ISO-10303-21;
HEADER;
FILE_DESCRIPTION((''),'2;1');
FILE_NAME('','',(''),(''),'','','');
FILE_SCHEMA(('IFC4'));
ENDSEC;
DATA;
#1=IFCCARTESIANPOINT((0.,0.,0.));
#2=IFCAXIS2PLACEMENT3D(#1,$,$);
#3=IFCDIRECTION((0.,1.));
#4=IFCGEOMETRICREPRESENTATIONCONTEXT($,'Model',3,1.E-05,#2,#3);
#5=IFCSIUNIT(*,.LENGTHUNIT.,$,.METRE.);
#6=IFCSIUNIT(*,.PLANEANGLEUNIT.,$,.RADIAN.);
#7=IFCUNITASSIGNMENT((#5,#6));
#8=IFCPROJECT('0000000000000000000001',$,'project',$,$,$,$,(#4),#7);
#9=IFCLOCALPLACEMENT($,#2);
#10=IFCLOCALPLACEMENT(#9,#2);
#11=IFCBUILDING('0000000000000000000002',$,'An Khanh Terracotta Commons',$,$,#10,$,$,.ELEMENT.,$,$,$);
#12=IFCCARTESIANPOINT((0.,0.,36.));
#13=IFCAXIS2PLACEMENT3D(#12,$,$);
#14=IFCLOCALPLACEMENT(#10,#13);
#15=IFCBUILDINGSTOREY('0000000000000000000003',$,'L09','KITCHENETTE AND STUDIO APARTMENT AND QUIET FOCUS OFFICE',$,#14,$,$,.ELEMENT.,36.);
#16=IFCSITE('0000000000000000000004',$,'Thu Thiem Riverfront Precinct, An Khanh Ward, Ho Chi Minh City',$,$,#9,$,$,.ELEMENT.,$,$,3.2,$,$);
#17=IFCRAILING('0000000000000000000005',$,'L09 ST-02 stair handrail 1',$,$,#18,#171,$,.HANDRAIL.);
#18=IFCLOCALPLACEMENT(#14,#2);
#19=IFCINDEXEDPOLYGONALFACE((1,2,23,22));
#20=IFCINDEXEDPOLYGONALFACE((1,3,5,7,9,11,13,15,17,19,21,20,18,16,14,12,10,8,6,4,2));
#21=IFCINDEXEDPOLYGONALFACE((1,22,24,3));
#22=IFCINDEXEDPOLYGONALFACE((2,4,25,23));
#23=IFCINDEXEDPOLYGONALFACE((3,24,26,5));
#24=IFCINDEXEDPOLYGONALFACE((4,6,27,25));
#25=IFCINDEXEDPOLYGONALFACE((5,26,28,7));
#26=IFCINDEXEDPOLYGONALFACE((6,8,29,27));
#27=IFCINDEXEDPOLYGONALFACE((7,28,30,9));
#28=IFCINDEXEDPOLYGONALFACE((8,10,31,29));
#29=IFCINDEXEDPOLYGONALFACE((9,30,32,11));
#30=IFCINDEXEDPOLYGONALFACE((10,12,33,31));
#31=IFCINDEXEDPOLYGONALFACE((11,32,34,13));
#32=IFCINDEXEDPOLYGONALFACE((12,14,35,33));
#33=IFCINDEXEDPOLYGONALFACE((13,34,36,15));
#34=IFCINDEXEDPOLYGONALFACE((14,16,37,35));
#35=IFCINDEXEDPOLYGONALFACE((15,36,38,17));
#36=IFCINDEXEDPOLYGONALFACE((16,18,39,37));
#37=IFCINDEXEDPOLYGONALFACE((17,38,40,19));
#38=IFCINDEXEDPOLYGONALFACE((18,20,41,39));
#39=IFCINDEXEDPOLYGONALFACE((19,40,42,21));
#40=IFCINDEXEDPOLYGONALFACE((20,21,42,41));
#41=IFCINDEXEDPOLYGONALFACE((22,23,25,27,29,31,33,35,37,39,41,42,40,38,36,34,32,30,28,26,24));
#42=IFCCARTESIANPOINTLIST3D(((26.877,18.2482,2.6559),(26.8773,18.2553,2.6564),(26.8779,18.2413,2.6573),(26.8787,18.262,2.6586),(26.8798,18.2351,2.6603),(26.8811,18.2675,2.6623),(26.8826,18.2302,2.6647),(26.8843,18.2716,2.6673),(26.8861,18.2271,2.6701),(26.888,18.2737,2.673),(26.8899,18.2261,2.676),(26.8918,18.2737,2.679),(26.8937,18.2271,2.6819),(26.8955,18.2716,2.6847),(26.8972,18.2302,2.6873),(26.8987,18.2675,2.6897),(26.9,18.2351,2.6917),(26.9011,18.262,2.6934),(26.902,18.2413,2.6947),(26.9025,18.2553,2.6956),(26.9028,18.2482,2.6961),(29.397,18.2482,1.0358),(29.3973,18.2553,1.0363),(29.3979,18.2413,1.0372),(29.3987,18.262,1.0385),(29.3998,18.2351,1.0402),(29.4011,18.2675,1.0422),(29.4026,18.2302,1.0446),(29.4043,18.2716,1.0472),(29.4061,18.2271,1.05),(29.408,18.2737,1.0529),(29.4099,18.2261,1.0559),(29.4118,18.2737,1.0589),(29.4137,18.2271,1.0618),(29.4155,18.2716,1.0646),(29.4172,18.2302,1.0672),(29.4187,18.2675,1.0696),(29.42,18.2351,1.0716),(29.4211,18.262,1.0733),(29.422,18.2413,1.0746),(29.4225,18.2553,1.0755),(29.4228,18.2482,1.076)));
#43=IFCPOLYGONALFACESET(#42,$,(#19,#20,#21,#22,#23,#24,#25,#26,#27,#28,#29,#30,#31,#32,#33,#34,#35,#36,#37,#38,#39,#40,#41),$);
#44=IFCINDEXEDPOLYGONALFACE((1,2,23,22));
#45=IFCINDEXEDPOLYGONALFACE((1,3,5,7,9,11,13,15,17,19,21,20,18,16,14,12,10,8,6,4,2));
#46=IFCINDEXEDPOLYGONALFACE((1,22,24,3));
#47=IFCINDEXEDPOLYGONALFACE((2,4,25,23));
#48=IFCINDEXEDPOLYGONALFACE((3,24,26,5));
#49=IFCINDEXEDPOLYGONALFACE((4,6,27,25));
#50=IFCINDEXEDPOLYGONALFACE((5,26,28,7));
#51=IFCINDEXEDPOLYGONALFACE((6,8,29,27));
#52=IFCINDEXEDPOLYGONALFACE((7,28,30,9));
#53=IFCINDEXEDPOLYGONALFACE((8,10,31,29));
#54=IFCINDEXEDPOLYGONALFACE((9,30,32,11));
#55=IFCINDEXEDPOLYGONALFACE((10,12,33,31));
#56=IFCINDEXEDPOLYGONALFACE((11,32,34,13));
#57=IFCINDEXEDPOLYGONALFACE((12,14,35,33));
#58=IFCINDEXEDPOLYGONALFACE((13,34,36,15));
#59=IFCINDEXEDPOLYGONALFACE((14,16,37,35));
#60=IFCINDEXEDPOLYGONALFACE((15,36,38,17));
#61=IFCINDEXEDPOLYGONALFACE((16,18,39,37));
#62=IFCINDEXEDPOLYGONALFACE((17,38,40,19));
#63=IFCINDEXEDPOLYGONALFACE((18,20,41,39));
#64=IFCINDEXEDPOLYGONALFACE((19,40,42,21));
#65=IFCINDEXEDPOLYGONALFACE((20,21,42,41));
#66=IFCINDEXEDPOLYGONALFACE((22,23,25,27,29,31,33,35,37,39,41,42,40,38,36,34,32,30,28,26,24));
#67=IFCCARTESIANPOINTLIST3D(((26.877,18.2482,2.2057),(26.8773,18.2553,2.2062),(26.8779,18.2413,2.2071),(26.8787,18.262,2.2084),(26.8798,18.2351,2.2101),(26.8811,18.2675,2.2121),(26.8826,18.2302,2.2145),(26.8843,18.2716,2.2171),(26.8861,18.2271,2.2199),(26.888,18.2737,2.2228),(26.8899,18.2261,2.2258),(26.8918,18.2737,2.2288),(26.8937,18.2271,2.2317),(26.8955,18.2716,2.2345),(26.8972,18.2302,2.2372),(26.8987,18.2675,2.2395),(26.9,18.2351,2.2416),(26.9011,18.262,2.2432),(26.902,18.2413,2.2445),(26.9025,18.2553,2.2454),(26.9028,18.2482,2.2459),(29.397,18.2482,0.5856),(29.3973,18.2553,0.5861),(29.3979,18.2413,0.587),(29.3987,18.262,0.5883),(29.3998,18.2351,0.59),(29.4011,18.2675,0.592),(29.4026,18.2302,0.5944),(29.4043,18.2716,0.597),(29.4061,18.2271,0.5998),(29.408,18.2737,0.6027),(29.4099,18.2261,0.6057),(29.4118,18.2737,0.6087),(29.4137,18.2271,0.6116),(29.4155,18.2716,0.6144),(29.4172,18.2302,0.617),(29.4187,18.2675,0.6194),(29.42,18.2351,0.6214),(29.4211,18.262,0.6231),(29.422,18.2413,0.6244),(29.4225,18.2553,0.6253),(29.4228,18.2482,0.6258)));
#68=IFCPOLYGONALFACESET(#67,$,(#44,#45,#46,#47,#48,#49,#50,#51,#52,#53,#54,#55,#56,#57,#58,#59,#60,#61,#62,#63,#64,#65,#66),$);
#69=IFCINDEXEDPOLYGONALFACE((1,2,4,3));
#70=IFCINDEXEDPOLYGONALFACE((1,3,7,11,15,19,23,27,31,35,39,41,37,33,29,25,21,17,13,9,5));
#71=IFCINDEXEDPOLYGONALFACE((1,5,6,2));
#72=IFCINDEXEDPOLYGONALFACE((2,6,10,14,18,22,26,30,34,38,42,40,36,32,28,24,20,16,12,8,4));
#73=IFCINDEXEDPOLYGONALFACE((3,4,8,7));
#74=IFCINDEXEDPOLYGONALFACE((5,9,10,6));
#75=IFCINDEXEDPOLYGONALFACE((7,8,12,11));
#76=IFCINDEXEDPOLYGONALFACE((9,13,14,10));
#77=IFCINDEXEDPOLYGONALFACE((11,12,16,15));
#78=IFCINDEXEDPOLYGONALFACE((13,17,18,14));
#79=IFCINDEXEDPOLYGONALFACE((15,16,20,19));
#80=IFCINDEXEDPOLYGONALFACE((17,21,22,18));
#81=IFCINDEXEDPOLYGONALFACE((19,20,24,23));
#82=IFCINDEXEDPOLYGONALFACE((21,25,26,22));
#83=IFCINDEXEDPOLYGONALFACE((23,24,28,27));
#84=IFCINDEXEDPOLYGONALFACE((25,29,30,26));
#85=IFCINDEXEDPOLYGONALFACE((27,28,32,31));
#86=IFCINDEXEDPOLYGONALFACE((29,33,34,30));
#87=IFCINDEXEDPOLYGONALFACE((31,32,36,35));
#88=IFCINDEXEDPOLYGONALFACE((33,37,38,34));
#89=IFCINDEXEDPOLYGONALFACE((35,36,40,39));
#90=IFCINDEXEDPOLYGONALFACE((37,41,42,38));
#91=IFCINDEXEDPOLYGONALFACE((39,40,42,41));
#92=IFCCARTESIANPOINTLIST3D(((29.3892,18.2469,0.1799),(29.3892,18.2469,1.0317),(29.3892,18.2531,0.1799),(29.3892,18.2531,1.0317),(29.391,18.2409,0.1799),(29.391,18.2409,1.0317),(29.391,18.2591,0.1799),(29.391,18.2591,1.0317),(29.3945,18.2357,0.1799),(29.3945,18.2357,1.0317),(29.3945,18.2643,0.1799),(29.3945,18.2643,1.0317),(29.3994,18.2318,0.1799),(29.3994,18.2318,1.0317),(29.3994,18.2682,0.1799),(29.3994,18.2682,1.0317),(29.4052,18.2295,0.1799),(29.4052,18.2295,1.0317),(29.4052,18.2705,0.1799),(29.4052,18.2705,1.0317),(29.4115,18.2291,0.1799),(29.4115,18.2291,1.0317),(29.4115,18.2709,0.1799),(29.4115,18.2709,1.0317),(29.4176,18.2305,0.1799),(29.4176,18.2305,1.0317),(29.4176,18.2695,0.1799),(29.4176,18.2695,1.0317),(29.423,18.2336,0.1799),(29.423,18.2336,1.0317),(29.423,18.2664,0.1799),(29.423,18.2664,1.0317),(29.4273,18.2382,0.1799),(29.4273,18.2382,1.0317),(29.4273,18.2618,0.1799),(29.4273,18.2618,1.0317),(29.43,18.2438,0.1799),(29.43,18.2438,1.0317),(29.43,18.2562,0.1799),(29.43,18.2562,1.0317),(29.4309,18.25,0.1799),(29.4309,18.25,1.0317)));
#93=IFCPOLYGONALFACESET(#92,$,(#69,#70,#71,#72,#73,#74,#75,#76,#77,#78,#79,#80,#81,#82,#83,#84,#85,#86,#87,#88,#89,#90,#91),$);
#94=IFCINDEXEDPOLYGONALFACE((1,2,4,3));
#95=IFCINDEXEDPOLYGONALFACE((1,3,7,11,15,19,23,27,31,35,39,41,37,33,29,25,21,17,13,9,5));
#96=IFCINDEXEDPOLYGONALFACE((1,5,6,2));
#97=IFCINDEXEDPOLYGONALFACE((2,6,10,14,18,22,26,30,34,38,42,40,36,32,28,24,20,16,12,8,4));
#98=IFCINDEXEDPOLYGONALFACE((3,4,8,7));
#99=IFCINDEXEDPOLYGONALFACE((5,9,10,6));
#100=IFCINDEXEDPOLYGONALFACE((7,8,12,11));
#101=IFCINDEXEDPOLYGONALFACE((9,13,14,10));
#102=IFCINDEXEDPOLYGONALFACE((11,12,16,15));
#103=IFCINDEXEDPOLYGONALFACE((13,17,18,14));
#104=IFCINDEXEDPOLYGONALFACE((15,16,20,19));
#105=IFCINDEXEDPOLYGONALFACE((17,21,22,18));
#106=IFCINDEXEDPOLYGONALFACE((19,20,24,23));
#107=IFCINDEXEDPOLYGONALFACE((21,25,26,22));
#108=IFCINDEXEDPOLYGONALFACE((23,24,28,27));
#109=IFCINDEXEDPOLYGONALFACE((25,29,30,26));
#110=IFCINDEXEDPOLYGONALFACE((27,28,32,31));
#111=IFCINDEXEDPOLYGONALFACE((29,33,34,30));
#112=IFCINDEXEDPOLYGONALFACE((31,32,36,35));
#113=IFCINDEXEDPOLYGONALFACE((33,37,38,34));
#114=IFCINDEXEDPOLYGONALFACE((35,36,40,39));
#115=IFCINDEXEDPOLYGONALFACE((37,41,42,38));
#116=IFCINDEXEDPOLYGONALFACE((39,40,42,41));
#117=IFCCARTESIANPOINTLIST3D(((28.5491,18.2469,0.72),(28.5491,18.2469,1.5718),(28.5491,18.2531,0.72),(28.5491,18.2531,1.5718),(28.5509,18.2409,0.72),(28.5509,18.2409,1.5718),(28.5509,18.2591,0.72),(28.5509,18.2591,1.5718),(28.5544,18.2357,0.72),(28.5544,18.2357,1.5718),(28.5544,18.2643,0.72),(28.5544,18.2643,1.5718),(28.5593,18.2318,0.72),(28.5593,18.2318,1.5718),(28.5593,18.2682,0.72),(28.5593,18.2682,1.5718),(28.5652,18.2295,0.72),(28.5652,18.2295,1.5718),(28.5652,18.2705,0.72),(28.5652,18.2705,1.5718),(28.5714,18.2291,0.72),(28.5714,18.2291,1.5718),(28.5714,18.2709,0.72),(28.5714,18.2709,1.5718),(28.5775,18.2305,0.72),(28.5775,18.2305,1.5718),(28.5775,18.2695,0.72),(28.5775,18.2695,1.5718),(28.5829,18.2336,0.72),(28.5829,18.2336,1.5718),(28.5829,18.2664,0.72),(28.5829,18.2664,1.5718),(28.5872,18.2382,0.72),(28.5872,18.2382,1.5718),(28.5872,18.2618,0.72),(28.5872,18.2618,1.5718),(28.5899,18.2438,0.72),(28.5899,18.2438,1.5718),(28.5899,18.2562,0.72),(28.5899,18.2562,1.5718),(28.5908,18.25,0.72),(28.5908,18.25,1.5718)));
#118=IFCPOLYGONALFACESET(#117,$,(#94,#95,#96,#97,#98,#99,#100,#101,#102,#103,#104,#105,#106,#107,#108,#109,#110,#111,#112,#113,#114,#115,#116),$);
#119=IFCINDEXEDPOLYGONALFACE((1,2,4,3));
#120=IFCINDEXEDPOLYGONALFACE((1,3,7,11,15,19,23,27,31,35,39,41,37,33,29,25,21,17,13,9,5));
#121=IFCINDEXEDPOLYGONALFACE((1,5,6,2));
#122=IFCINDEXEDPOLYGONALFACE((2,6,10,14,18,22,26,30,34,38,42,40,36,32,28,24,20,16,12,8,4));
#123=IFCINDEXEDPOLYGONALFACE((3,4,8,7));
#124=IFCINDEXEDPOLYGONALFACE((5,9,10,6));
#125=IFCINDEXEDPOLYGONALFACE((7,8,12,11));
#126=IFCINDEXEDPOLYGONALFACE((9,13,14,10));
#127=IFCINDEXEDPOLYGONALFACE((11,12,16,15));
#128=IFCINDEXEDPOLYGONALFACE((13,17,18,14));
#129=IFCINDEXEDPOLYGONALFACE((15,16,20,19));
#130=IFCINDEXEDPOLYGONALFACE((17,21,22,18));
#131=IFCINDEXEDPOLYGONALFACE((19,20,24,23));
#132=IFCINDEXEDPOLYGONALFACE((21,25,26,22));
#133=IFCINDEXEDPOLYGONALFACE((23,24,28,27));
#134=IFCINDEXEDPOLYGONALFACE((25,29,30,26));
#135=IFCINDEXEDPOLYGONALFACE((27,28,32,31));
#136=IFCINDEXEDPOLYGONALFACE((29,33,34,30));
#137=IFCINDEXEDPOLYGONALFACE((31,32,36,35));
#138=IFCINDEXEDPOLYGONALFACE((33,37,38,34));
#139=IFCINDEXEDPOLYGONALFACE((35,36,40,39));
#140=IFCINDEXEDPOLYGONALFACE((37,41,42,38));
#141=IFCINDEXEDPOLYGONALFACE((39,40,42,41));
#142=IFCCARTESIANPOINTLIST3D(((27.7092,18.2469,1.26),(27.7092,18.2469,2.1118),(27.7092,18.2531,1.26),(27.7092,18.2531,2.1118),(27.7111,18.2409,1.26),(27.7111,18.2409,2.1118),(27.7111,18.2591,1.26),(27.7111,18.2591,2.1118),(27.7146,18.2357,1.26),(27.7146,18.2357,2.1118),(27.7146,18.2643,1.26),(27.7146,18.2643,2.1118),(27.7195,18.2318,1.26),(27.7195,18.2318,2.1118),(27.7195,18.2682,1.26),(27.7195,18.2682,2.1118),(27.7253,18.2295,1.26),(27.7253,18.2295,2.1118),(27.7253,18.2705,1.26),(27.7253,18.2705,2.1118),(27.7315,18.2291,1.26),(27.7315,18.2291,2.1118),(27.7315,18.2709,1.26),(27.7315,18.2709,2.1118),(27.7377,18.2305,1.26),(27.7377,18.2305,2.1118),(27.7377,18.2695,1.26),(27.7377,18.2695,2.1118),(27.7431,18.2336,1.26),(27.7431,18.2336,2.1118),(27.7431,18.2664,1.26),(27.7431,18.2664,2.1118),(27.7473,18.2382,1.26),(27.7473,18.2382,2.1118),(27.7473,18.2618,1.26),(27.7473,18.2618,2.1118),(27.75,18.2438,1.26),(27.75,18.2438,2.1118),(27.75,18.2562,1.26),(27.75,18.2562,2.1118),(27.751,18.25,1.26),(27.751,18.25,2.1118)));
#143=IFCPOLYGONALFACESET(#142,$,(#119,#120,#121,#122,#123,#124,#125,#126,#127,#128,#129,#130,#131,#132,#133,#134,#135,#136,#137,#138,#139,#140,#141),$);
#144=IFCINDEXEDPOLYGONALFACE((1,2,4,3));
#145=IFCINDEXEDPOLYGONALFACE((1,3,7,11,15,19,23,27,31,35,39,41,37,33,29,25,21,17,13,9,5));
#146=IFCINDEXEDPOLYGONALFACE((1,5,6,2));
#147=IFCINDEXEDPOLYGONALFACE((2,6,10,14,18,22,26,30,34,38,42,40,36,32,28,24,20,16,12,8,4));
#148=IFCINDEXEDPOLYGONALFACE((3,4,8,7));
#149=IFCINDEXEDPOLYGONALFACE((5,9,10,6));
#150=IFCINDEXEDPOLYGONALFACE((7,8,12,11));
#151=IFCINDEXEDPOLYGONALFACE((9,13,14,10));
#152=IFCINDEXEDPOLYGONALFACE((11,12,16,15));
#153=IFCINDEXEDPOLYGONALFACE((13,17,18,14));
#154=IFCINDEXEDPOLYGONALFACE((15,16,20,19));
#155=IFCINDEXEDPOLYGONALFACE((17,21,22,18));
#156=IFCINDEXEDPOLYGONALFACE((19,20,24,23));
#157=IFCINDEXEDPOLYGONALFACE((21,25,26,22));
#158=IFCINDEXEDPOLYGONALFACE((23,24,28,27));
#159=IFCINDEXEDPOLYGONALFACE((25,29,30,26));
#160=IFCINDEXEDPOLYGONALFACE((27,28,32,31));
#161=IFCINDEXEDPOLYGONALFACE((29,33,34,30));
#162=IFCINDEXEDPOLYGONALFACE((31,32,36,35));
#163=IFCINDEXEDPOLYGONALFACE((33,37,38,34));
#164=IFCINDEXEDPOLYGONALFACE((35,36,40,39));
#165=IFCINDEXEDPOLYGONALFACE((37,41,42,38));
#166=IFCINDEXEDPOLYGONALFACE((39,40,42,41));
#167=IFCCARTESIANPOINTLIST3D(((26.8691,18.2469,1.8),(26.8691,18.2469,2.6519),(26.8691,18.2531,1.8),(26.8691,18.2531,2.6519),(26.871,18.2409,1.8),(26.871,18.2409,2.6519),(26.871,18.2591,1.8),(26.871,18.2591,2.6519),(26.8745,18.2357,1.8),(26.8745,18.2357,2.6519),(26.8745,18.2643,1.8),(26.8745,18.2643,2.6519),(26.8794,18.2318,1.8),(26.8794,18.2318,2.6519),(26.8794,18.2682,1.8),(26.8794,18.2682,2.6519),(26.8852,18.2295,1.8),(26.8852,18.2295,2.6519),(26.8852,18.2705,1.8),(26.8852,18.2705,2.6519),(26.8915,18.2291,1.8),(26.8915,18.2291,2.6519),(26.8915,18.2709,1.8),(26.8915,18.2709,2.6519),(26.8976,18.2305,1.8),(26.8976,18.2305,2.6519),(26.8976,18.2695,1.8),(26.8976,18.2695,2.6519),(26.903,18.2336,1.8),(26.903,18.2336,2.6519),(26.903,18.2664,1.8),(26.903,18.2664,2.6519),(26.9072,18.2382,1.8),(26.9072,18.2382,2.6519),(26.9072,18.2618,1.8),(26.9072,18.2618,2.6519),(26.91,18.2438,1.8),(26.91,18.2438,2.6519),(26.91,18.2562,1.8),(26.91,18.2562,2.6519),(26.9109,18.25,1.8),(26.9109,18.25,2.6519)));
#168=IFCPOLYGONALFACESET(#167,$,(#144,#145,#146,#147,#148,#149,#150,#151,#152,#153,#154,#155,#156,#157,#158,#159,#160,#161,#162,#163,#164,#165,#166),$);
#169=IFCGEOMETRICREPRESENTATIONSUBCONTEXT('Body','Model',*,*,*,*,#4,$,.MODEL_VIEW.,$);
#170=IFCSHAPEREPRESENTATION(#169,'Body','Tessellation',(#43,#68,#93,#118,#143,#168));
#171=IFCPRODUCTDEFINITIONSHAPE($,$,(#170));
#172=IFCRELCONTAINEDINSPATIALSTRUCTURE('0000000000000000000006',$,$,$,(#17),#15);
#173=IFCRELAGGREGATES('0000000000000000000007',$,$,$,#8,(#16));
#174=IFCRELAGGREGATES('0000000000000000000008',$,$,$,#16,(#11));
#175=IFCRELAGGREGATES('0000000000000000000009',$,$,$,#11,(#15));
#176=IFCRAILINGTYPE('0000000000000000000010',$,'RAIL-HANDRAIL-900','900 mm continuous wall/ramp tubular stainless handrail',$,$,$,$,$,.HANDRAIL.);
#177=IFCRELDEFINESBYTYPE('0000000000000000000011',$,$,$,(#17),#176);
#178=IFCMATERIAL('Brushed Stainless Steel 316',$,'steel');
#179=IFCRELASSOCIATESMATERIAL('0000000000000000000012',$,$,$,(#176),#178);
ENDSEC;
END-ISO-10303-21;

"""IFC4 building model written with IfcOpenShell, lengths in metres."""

from ifc_helpers import new_model, si_unit, direction, frame, origin, origin_2d, place, context, subcontext, project, spatial, circle, extrude, material, type_object, element, save


model = new_model("IFC4")

# Units and contexts
model_context = context("Model", 3, precision=1e-05, world=origin(), true_north=direction((0.0, 1.0)))
body_context = subcontext(model_context, "Body", "Model", "MODEL_VIEW")
ifc_project = project(units=[si_unit("LENGTHUNIT", "METRE"), si_unit("PLANEANGLEUNIT", "RADIAN")], contexts=[model_context])

# Site, building, storey
site_placement = place(None, origin())
site = spatial("IfcSite", under=ifc_project, at=site_placement, Name="Thu Thiem Riverfront Precinct, An Khanh Ward, Ho Chi Minh City", CompositionType="ELEMENT", RefElevation=3.2)
building_placement = place(site_placement, origin())
building = spatial("IfcBuilding", under=site, at=building_placement, Name="An Khanh Terracotta Commons", CompositionType="ELEMENT")
storey_placement = place(building_placement, frame((0.0, 0.0, 36.0)))
storey = spatial("IfcBuildingStorey", under=building, at=storey_placement, Name="L09", Description="KITCHENETTE AND STUDIO APARTMENT AND QUIET FOCUS OFFICE", CompositionType="ELEMENT", Elevation=36.0)

# Railing
ifc_material_1 = material(Name="Brushed Stainless Steel 316", Category="steel")
railing_type = type_object("IfcRailingType", Name="RAIL-HANDRAIL-900", Description="900 mm continuous wall/ramp tubular stainless handrail", PredefinedType="HANDRAIL", material=ifc_material_1)
railing_placement = place(storey_placement, frame((29.4099, 18.25, 0.1799)))
element("IfcRailing", 1, at=railing_placement, inside=storey, type_object=railing_type, Name="L09 ST-02 stair handrail 1", PredefinedType="HANDRAIL", context=body_context, shape_type="SweptSolid", body=[
    extrude(circle(Radius=0.0239, at=origin_2d()), frame((0.0, 0.0, 0.876), z_axis=(-0.841163, 0.0, 0.540782), x_axis=(0.0, -1.0, 0.0)), (0.0, 0.0, 1.0), 2.9958),
    extrude(circle(Radius=0.0239, at=origin_2d()), frame((0.0, 0.0, 0.4258), z_axis=(-0.841163, 0.0, 0.540782), x_axis=(0.0, -1.0, 0.0)), (0.0, 0.0, 1.0), 2.9958),
    extrude(circle(Radius=0.021, at=origin_2d()), origin(), (0.0, 0.0, 1.0), 0.8518),
    extrude(circle(Radius=0.021, at=origin_2d()), frame((-0.8401, 0.0, 0.54)), (0.0, 0.0, 1.0), 0.8518),
    extrude(circle(Radius=0.021, at=origin_2d()), frame((-1.6799, 0.0, 1.0801)), (0.0, 0.0, 1.0), 0.8518),
    extrude(circle(Radius=0.021, at=origin_2d()), frame((-2.52, 0.0, 1.6201)), (0.0, 0.0, 1.0), 0.8518),
])

save(model, "model.ifc")
